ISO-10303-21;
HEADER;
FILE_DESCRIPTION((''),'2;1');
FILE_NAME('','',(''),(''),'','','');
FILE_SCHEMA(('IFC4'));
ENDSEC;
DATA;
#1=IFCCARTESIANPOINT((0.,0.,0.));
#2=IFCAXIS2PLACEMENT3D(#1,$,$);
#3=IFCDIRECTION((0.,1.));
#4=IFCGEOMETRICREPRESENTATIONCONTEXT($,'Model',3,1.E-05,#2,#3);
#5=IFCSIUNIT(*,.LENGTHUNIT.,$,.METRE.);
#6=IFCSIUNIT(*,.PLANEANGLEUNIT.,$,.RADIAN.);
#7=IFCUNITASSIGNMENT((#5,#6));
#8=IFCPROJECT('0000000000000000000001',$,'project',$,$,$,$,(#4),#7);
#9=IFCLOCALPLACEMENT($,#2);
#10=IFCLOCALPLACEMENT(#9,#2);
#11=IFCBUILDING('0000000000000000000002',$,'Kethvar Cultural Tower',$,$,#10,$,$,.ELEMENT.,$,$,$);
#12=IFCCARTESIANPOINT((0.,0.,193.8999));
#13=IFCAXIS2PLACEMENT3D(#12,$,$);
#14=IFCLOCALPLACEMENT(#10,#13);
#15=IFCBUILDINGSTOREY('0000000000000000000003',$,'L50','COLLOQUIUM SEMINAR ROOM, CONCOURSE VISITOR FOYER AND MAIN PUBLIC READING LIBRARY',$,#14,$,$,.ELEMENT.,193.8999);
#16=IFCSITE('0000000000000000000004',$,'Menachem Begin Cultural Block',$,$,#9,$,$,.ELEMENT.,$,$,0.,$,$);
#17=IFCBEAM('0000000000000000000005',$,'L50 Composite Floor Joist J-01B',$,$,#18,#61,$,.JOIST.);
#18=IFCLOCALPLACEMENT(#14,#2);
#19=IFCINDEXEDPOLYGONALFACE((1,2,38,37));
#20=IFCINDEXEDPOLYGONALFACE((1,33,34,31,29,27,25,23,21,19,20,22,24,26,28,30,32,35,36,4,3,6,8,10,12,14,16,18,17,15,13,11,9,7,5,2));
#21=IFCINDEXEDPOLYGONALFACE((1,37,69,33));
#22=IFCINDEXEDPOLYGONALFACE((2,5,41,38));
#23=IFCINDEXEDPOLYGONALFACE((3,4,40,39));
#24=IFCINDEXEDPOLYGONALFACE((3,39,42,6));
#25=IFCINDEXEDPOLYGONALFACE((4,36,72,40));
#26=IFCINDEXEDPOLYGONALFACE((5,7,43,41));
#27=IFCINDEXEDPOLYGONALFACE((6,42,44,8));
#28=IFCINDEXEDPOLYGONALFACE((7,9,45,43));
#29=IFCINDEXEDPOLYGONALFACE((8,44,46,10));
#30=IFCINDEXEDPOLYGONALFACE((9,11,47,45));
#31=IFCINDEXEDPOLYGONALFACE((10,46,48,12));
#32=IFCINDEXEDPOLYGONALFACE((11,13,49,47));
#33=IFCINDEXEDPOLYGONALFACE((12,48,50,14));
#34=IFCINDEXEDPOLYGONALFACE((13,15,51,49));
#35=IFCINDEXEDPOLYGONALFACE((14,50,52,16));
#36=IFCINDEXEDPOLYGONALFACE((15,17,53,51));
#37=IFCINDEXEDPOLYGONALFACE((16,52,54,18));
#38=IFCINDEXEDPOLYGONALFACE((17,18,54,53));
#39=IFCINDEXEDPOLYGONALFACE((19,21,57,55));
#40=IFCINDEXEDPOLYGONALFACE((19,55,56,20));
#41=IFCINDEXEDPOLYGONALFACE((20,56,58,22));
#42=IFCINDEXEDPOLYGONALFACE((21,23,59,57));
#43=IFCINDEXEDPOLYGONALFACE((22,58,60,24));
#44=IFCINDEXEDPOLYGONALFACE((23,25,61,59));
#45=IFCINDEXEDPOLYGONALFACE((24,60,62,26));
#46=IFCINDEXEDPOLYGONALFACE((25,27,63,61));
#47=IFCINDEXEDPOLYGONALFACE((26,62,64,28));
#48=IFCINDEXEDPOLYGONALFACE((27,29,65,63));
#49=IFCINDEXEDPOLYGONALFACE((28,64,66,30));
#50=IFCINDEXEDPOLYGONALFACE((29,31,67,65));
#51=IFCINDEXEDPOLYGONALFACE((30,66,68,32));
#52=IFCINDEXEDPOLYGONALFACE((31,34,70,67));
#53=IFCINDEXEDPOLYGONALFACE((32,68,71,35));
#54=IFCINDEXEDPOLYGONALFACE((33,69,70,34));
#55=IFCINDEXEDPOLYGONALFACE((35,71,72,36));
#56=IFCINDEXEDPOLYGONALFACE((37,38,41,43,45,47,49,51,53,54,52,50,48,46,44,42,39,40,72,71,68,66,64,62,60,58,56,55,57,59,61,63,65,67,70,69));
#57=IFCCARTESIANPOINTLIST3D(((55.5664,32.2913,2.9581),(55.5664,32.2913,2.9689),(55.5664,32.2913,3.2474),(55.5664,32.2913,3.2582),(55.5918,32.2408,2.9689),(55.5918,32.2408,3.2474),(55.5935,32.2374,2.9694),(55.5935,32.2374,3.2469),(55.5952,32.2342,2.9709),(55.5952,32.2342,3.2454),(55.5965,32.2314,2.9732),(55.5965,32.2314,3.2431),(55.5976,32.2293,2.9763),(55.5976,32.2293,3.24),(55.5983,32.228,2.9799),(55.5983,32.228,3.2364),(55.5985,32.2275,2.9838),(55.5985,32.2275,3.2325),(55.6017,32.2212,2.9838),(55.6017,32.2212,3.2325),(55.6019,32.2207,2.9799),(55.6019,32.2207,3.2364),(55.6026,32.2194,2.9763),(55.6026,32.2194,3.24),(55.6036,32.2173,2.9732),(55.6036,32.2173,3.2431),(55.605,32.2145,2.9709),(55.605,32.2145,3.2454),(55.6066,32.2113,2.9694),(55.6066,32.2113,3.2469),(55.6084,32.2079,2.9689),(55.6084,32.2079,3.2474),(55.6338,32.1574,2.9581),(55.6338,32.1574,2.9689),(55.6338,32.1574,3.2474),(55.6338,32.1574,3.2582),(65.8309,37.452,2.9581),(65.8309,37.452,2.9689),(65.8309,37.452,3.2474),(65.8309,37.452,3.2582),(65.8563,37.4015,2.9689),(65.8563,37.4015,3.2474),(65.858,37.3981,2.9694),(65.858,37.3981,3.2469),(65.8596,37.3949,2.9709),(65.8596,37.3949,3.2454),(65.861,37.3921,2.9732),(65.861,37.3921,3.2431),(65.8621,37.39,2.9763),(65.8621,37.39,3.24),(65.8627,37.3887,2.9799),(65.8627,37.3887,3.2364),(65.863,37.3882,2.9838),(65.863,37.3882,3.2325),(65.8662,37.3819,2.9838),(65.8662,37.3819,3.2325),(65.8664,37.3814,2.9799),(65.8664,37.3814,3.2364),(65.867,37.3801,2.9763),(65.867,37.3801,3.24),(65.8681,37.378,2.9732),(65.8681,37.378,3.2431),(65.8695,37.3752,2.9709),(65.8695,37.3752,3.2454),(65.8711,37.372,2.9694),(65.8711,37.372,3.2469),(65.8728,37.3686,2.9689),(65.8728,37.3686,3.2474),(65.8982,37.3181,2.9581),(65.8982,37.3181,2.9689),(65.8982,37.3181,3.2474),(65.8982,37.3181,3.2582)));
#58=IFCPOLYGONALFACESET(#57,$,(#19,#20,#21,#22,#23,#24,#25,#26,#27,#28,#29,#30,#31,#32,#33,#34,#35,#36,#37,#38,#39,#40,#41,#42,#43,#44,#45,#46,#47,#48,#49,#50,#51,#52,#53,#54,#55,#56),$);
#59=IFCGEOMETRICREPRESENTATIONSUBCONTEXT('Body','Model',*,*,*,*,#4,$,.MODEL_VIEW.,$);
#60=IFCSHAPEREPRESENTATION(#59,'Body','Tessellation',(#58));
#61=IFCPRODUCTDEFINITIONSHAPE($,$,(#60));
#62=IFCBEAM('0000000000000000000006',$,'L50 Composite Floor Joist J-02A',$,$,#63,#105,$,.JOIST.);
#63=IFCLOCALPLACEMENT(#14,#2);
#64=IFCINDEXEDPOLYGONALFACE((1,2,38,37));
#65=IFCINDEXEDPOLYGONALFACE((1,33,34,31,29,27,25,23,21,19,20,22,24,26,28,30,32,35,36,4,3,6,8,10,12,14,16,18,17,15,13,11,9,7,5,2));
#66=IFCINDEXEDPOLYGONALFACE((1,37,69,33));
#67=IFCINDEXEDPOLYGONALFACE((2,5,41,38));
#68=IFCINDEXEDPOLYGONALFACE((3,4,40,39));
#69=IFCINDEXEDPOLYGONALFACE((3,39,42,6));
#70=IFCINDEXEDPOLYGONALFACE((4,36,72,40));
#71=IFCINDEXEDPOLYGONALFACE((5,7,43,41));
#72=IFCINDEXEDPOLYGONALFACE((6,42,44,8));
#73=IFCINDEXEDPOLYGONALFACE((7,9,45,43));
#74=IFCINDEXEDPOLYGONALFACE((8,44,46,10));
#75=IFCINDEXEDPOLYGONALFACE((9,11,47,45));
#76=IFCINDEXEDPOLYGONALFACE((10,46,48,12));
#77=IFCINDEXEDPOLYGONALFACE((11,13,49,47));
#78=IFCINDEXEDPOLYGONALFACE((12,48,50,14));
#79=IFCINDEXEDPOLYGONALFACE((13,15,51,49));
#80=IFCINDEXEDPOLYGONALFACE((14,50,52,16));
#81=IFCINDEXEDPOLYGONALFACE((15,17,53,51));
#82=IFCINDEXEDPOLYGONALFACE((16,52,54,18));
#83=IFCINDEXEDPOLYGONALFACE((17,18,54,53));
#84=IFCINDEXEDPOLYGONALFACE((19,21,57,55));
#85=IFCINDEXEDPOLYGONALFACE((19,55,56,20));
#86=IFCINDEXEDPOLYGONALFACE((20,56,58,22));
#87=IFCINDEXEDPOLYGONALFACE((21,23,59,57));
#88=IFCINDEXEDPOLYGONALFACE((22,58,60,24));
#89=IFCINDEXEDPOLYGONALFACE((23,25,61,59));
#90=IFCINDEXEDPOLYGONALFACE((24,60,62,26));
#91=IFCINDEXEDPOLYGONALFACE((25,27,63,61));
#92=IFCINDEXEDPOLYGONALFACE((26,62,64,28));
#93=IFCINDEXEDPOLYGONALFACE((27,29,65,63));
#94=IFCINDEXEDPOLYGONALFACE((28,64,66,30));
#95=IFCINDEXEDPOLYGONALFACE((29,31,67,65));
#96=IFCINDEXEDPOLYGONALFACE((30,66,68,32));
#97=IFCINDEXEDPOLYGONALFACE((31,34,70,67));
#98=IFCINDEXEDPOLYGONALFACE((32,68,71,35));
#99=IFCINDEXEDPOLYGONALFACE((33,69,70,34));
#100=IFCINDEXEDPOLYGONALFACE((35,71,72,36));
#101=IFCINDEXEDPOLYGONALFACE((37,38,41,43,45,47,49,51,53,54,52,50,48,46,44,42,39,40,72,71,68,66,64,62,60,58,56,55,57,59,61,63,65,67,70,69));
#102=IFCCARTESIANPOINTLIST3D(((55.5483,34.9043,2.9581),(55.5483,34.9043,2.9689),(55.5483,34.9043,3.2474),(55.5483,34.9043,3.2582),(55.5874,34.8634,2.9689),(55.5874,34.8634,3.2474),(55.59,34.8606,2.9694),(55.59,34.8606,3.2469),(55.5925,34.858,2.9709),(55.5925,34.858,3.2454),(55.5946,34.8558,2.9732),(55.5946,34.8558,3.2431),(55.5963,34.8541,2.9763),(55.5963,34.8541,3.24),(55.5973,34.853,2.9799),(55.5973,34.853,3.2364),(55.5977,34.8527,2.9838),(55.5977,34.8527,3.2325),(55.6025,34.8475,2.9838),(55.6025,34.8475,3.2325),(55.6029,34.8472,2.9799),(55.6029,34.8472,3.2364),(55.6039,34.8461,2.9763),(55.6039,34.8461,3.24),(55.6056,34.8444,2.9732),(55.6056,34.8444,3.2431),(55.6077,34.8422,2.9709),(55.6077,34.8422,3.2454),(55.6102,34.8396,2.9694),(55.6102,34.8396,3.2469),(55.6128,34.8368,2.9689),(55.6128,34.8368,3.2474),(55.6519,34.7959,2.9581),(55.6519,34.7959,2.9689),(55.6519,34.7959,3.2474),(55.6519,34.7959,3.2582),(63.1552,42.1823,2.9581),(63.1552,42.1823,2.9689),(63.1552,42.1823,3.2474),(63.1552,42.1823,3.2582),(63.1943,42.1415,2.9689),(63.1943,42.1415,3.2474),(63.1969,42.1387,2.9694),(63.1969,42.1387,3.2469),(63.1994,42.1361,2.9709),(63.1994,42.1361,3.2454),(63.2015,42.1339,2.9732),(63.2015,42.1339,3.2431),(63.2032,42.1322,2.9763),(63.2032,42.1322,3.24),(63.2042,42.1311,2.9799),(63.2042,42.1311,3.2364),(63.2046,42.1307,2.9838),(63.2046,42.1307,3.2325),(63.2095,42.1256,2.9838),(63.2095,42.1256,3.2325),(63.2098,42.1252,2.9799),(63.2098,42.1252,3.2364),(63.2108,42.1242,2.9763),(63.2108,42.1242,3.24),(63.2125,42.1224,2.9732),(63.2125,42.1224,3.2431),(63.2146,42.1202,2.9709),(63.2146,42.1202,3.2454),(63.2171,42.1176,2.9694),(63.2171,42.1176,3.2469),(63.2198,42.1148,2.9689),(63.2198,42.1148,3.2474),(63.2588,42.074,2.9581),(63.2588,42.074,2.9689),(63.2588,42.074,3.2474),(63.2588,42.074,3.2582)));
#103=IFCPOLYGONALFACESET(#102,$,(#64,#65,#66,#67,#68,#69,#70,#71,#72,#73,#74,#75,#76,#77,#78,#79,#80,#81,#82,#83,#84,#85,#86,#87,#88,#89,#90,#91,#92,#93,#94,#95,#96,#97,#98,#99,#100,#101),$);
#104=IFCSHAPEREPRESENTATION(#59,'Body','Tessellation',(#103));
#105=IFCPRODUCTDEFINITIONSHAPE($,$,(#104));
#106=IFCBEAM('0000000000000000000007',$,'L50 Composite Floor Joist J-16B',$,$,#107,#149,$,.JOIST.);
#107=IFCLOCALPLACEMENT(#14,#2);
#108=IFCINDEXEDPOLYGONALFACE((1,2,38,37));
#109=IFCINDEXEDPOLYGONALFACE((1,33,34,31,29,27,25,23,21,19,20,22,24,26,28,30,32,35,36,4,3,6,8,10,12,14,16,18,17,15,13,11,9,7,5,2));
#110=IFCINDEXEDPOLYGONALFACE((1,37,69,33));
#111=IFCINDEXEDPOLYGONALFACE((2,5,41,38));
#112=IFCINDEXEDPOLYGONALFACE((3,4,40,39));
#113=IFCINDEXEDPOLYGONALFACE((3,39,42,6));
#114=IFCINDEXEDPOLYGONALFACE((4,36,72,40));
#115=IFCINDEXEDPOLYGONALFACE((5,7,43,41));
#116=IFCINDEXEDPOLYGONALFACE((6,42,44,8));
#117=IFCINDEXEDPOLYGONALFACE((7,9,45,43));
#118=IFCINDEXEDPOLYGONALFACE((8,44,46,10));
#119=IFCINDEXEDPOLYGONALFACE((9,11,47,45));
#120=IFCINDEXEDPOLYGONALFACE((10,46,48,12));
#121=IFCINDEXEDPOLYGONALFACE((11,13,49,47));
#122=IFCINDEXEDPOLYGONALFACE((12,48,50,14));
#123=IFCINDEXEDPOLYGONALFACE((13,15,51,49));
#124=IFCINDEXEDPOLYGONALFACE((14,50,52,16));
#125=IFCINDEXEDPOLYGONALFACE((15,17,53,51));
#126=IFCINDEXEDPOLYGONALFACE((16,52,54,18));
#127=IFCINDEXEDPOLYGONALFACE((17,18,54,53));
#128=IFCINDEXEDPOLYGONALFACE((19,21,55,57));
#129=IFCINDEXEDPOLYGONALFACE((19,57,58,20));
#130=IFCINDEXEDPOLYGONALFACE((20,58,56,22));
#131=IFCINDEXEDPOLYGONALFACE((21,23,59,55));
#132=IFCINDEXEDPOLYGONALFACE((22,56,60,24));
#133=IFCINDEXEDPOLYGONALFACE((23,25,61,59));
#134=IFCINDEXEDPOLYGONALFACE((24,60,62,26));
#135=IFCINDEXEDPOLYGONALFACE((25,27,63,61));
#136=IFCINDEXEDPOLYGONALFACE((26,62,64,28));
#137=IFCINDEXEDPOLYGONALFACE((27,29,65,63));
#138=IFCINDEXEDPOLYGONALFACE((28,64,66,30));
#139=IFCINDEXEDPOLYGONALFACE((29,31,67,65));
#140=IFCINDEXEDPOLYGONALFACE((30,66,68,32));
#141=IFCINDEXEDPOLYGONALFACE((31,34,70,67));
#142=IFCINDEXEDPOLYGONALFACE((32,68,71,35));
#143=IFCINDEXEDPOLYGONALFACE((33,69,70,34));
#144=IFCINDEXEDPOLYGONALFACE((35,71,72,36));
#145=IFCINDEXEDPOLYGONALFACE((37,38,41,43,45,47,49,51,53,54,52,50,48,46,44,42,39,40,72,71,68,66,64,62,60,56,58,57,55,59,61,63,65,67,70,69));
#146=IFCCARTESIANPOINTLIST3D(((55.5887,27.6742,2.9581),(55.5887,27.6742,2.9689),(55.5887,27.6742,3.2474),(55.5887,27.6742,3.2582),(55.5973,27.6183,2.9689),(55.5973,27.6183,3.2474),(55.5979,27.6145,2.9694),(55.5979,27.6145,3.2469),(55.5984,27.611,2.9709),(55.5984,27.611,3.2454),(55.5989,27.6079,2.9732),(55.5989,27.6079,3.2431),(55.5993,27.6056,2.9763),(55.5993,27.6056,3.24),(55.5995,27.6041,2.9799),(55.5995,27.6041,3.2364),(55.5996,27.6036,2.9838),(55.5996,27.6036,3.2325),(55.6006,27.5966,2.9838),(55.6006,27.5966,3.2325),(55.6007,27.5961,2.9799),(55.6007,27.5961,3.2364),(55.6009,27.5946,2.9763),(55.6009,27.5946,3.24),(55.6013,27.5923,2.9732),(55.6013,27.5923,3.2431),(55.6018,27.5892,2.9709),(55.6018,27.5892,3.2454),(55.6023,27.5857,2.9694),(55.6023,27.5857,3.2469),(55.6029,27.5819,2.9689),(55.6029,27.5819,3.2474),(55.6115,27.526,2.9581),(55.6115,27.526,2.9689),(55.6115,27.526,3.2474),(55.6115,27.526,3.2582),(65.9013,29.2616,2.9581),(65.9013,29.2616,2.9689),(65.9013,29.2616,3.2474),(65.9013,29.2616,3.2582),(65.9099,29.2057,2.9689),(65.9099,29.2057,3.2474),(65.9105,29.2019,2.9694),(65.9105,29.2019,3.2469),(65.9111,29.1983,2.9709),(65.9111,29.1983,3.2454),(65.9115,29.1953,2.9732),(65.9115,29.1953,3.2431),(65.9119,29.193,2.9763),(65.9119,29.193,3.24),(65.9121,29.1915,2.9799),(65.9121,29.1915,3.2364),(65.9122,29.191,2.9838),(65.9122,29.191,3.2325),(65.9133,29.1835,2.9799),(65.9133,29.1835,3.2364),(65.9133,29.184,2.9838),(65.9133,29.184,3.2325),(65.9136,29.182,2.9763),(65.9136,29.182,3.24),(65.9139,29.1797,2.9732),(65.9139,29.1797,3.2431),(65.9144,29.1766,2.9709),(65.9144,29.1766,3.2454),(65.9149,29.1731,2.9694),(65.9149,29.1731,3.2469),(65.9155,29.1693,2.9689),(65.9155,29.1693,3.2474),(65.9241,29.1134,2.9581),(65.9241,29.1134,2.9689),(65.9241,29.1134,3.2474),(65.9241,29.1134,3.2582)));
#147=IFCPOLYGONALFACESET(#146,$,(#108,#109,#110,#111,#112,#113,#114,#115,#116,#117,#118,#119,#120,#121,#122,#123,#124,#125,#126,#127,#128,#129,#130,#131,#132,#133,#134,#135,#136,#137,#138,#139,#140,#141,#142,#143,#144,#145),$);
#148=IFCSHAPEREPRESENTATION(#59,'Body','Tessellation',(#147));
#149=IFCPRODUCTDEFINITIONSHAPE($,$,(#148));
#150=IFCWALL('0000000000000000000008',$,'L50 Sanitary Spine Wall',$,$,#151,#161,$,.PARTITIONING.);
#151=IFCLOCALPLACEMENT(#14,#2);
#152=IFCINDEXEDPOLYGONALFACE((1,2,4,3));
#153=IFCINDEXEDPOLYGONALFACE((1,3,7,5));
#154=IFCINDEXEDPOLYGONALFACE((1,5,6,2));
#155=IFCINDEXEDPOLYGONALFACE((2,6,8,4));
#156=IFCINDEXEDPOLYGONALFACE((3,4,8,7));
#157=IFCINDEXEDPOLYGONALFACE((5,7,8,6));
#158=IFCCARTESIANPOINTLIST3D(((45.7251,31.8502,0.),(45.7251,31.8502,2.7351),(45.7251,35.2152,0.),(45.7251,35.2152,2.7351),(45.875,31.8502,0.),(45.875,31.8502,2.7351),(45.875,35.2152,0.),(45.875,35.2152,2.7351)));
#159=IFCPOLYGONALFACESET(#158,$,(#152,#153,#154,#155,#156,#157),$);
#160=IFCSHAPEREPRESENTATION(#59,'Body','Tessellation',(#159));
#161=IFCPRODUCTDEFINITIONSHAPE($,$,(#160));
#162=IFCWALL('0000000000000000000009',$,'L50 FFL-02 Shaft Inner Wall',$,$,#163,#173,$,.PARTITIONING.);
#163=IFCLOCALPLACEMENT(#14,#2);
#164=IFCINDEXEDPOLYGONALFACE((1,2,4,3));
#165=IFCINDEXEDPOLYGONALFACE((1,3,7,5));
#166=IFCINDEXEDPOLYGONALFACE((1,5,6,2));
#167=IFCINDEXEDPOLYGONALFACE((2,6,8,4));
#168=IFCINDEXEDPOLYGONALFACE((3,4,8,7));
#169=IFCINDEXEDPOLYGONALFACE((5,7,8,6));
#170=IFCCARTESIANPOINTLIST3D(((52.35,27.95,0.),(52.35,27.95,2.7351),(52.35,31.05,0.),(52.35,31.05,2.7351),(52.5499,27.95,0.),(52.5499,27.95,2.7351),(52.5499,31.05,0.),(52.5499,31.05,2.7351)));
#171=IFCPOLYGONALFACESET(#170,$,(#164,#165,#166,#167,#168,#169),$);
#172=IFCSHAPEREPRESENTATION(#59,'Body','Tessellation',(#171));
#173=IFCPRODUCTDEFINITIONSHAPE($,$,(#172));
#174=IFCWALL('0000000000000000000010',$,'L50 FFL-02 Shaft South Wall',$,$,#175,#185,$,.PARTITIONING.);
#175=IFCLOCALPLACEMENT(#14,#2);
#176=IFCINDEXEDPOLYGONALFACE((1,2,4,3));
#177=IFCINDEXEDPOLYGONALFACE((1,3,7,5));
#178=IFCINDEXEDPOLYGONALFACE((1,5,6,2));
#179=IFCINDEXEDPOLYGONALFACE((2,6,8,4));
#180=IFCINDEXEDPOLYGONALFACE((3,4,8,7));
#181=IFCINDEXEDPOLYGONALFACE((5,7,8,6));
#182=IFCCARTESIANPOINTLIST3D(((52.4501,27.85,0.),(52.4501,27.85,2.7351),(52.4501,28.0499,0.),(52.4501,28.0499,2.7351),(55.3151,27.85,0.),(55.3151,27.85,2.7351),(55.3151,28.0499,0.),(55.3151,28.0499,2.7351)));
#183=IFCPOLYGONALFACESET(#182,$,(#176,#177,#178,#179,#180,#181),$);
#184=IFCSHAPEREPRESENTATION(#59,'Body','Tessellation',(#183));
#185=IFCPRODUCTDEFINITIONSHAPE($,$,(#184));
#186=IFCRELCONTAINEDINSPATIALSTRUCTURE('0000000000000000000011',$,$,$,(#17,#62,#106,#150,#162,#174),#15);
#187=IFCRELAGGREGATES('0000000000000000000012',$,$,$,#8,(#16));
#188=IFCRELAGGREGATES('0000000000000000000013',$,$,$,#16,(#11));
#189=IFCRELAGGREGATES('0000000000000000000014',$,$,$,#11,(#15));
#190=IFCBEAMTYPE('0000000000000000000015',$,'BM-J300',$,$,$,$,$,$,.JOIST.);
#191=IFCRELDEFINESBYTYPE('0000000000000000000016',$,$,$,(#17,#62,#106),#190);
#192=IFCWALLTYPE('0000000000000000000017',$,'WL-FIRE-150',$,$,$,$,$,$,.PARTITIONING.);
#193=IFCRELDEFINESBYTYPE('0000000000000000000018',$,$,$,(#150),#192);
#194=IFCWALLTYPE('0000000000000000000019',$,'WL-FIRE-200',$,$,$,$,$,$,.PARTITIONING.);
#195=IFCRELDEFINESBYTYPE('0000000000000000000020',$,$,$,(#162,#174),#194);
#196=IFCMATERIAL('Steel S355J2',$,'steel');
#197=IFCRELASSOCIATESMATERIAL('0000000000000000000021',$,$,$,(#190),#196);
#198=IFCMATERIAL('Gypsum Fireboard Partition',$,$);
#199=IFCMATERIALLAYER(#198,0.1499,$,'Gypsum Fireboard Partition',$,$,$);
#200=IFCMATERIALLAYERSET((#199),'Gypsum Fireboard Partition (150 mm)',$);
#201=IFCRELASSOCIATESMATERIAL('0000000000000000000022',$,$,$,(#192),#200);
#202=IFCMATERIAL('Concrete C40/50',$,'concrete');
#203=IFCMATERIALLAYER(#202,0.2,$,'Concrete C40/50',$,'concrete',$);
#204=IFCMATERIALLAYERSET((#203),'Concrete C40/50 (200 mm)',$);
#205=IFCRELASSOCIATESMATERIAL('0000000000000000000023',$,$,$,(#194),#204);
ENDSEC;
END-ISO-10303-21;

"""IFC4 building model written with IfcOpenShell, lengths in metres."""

from ifc_helpers import new_model, si_unit, direction, frame, frame_2d, origin, origin_2d, place, context, subcontext, project, spatial, rectangle, i_section, extrude, source, transform, mapped, material, layer, layer_set, material_profile, profile_set, type_object, element, save


model = new_model("IFC4")

# Units and contexts
model_context = context("Model", 3, precision=1e-05, world=origin(), true_north=direction((0.0, 1.0)))
body_context = subcontext(model_context, "Body", "Model", "MODEL_VIEW")
ifc_project = project(units=[si_unit("LENGTHUNIT", "METRE"), si_unit("PLANEANGLEUNIT", "RADIAN")], contexts=[model_context])

# Site, building, storey
site_placement = place(None, origin())
site = spatial("IfcSite", under=ifc_project, at=site_placement, Name="Menachem Begin Cultural Block", CompositionType="ELEMENT", RefElevation=0.0)
building_placement = place(site_placement, origin())
building = spatial("IfcBuilding", under=site, at=building_placement, Name="Kethvar Cultural Tower", CompositionType="ELEMENT")
storey_placement = place(building_placement, frame((0.0, 0.0, 193.8999)))
storey = spatial("IfcBuildingStorey", under=building, at=storey_placement, Name="L50", Description="COLLOQUIUM SEMINAR ROOM, CONCOURSE VISITOR FOYER AND MAIN PUBLIC READING LIBRARY", CompositionType="ELEMENT", Elevation=193.8999)

# Beams
ifc_material_1 = material(Name="Steel S355J2", Category="steel")
ifc_material_profile_1 = material_profile(ifc_material_1, i_section(OverallWidth=0.1499, OverallDepth=0.3, WebThickness=0.0071, FlangeThickness=0.0107, FilletRadius=0.0149, at=origin_2d()), Name="Steel S355J2 — IPE300")
ifc_profile_set_1 = profile_set([ifc_material_profile_1], Name="Steel S355J2 — IPE300")
beam_type_1 = type_object("IfcBeamType", Name="BM-J300", PredefinedType="JOIST", material=ifc_profile_set_1)
shared_shape_1 = source(origin(), body_context, "Body", "SweptSolid", [
    extrude(i_section(OverallWidth=0.1499, OverallDepth=0.3, WebThickness=0.0071, FlangeThickness=0.0107, FilletRadius=0.0149, at=origin_2d()), origin(), (0.0, 0.0, 1.0), 11.4888),
])
beam_1_placement = place(storey_placement, frame((55.6001, 32.2244, 3.1082), z_axis=(0.893435, 0.449193, 0.0), x_axis=(-0.449193, 0.893435, 0.0)))
element("IfcBeam", 1, at=beam_1_placement, inside=storey, type_object=beam_type_1, Name="L50 Composite Floor Joist J-01B", PredefinedType="JOIST", context=body_context, shape_type="MappedRepresentation", body=[
    mapped(shared_shape_1, transform((0.0, 0.0, 0.0), scale=1.0)),
])
shared_shape_2 = source(origin(), body_context, "Body", "SweptSolid", [
    extrude(i_section(OverallWidth=0.1499, OverallDepth=0.3, WebThickness=0.0071, FlangeThickness=0.0107, FilletRadius=0.0149, at=origin_2d()), origin(), (0.0, 0.0, 1.0), 10.5278),
])
beam_2_placement = place(storey_placement, frame((55.6001, 34.8501, 3.1082), z_axis=(0.722553, 0.691316, 0.0), x_axis=(-0.691316, 0.722553, 0.0)))
element("IfcBeam", 2, at=beam_2_placement, inside=storey, type_object=beam_type_1, Name="L50 Composite Floor Joist J-02A", PredefinedType="JOIST", context=body_context, shape_type="MappedRepresentation", body=[
    mapped(shared_shape_2, transform((0.0, 0.0, 0.0), scale=1.0)),
])
shared_shape_3 = source(origin(), body_context, "Body", "SweptSolid", [
    extrude(i_section(OverallWidth=0.1499, OverallDepth=0.3, WebThickness=0.0071, FlangeThickness=0.0107, FilletRadius=0.0149, at=origin_2d()), origin(), (0.0, 0.0, 1.0), 10.4341),
])
beam_3_placement = place(storey_placement, frame((55.6001, 27.6001, 3.1082), z_axis=(0.98836, 0.152135, 0.0), x_axis=(-0.152135, 0.98836, 0.0)))
element("IfcBeam", 3, at=beam_3_placement, inside=storey, type_object=beam_type_1, Name="L50 Composite Floor Joist J-16B", PredefinedType="JOIST", context=body_context, shape_type="MappedRepresentation", body=[
    mapped(shared_shape_3, transform((0.0, 0.0, 0.0), scale=1.0)),
])

# Walls
ifc_material_2 = material(Name="Gypsum Fireboard Partition")
ifc_layer_1 = layer(ifc_material_2, 0.1499, Name="Gypsum Fireboard Partition")
ifc_layer_set_1 = layer_set([ifc_layer_1], Name="Gypsum Fireboard Partition (150 mm)")
wall_type_1 = type_object("IfcWallType", Name="WL-FIRE-150", PredefinedType="PARTITIONING", material=ifc_layer_set_1)
wall_1_placement = place(storey_placement, frame((45.8, 31.8501, 0.0), z_axis=(0.0, 0.0, 1.0), x_axis=(0.0, 1.0, 0.0)))
element("IfcWall", 4, at=wall_1_placement, inside=storey, type_object=wall_type_1, Name="L50 Sanitary Spine Wall", PredefinedType="PARTITIONING", context=body_context, shape_type="SweptSolid", body=[
    extrude(rectangle(XDim=3.365, YDim=0.1499, at=frame_2d((1.6826, 0.0))), origin(), (0.0, 0.0, 1.0), 2.7351),
])
ifc_material_3 = material(Name="Concrete C40/50", Category="concrete")
ifc_layer_2 = layer(ifc_material_3, 0.2, Name="Concrete C40/50", Category="concrete")
ifc_layer_set_2 = layer_set([ifc_layer_2], Name="Concrete C40/50 (200 mm)")
wall_type_2 = type_object("IfcWallType", Name="WL-FIRE-200", PredefinedType="PARTITIONING", material=ifc_layer_set_2)
wall_2_placement = place(storey_placement, frame((52.45, 27.95, 0.0), z_axis=(0.0, 0.0, 1.0), x_axis=(0.0, 1.0, 0.0)))
element("IfcWall", 5, at=wall_2_placement, inside=storey, type_object=wall_type_2, Name="L50 FFL-02 Shaft Inner Wall", PredefinedType="PARTITIONING", context=body_context, shape_type="SweptSolid", body=[
    extrude(rectangle(XDim=3.1001, YDim=0.2, at=frame_2d((1.55, 0.0))), origin(), (0.0, 0.0, 1.0), 2.7351),
])
for number, where, z_axis, x_axis, name in (
    (6, (52.45, 27.95, 0.0), (0.0, 0.0, 1.0), (1.0, 0.0, 0.0), "L50 FFL-02 Shaft South Wall"),
):
    element("IfcWall", number, at=place(storey_placement, frame(where, z_axis=z_axis, x_axis=x_axis)), inside=storey, type_object=wall_type_2, Name=name, PredefinedType="PARTITIONING", context=body_context, shape_type="SweptSolid", body=[
        extrude(rectangle(XDim=2.865, YDim=0.2, at=frame_2d((1.4326, 0.0))), origin(), (0.0, 0.0, 1.0), 2.7351),
    ])

save(model, "model.ifc")
